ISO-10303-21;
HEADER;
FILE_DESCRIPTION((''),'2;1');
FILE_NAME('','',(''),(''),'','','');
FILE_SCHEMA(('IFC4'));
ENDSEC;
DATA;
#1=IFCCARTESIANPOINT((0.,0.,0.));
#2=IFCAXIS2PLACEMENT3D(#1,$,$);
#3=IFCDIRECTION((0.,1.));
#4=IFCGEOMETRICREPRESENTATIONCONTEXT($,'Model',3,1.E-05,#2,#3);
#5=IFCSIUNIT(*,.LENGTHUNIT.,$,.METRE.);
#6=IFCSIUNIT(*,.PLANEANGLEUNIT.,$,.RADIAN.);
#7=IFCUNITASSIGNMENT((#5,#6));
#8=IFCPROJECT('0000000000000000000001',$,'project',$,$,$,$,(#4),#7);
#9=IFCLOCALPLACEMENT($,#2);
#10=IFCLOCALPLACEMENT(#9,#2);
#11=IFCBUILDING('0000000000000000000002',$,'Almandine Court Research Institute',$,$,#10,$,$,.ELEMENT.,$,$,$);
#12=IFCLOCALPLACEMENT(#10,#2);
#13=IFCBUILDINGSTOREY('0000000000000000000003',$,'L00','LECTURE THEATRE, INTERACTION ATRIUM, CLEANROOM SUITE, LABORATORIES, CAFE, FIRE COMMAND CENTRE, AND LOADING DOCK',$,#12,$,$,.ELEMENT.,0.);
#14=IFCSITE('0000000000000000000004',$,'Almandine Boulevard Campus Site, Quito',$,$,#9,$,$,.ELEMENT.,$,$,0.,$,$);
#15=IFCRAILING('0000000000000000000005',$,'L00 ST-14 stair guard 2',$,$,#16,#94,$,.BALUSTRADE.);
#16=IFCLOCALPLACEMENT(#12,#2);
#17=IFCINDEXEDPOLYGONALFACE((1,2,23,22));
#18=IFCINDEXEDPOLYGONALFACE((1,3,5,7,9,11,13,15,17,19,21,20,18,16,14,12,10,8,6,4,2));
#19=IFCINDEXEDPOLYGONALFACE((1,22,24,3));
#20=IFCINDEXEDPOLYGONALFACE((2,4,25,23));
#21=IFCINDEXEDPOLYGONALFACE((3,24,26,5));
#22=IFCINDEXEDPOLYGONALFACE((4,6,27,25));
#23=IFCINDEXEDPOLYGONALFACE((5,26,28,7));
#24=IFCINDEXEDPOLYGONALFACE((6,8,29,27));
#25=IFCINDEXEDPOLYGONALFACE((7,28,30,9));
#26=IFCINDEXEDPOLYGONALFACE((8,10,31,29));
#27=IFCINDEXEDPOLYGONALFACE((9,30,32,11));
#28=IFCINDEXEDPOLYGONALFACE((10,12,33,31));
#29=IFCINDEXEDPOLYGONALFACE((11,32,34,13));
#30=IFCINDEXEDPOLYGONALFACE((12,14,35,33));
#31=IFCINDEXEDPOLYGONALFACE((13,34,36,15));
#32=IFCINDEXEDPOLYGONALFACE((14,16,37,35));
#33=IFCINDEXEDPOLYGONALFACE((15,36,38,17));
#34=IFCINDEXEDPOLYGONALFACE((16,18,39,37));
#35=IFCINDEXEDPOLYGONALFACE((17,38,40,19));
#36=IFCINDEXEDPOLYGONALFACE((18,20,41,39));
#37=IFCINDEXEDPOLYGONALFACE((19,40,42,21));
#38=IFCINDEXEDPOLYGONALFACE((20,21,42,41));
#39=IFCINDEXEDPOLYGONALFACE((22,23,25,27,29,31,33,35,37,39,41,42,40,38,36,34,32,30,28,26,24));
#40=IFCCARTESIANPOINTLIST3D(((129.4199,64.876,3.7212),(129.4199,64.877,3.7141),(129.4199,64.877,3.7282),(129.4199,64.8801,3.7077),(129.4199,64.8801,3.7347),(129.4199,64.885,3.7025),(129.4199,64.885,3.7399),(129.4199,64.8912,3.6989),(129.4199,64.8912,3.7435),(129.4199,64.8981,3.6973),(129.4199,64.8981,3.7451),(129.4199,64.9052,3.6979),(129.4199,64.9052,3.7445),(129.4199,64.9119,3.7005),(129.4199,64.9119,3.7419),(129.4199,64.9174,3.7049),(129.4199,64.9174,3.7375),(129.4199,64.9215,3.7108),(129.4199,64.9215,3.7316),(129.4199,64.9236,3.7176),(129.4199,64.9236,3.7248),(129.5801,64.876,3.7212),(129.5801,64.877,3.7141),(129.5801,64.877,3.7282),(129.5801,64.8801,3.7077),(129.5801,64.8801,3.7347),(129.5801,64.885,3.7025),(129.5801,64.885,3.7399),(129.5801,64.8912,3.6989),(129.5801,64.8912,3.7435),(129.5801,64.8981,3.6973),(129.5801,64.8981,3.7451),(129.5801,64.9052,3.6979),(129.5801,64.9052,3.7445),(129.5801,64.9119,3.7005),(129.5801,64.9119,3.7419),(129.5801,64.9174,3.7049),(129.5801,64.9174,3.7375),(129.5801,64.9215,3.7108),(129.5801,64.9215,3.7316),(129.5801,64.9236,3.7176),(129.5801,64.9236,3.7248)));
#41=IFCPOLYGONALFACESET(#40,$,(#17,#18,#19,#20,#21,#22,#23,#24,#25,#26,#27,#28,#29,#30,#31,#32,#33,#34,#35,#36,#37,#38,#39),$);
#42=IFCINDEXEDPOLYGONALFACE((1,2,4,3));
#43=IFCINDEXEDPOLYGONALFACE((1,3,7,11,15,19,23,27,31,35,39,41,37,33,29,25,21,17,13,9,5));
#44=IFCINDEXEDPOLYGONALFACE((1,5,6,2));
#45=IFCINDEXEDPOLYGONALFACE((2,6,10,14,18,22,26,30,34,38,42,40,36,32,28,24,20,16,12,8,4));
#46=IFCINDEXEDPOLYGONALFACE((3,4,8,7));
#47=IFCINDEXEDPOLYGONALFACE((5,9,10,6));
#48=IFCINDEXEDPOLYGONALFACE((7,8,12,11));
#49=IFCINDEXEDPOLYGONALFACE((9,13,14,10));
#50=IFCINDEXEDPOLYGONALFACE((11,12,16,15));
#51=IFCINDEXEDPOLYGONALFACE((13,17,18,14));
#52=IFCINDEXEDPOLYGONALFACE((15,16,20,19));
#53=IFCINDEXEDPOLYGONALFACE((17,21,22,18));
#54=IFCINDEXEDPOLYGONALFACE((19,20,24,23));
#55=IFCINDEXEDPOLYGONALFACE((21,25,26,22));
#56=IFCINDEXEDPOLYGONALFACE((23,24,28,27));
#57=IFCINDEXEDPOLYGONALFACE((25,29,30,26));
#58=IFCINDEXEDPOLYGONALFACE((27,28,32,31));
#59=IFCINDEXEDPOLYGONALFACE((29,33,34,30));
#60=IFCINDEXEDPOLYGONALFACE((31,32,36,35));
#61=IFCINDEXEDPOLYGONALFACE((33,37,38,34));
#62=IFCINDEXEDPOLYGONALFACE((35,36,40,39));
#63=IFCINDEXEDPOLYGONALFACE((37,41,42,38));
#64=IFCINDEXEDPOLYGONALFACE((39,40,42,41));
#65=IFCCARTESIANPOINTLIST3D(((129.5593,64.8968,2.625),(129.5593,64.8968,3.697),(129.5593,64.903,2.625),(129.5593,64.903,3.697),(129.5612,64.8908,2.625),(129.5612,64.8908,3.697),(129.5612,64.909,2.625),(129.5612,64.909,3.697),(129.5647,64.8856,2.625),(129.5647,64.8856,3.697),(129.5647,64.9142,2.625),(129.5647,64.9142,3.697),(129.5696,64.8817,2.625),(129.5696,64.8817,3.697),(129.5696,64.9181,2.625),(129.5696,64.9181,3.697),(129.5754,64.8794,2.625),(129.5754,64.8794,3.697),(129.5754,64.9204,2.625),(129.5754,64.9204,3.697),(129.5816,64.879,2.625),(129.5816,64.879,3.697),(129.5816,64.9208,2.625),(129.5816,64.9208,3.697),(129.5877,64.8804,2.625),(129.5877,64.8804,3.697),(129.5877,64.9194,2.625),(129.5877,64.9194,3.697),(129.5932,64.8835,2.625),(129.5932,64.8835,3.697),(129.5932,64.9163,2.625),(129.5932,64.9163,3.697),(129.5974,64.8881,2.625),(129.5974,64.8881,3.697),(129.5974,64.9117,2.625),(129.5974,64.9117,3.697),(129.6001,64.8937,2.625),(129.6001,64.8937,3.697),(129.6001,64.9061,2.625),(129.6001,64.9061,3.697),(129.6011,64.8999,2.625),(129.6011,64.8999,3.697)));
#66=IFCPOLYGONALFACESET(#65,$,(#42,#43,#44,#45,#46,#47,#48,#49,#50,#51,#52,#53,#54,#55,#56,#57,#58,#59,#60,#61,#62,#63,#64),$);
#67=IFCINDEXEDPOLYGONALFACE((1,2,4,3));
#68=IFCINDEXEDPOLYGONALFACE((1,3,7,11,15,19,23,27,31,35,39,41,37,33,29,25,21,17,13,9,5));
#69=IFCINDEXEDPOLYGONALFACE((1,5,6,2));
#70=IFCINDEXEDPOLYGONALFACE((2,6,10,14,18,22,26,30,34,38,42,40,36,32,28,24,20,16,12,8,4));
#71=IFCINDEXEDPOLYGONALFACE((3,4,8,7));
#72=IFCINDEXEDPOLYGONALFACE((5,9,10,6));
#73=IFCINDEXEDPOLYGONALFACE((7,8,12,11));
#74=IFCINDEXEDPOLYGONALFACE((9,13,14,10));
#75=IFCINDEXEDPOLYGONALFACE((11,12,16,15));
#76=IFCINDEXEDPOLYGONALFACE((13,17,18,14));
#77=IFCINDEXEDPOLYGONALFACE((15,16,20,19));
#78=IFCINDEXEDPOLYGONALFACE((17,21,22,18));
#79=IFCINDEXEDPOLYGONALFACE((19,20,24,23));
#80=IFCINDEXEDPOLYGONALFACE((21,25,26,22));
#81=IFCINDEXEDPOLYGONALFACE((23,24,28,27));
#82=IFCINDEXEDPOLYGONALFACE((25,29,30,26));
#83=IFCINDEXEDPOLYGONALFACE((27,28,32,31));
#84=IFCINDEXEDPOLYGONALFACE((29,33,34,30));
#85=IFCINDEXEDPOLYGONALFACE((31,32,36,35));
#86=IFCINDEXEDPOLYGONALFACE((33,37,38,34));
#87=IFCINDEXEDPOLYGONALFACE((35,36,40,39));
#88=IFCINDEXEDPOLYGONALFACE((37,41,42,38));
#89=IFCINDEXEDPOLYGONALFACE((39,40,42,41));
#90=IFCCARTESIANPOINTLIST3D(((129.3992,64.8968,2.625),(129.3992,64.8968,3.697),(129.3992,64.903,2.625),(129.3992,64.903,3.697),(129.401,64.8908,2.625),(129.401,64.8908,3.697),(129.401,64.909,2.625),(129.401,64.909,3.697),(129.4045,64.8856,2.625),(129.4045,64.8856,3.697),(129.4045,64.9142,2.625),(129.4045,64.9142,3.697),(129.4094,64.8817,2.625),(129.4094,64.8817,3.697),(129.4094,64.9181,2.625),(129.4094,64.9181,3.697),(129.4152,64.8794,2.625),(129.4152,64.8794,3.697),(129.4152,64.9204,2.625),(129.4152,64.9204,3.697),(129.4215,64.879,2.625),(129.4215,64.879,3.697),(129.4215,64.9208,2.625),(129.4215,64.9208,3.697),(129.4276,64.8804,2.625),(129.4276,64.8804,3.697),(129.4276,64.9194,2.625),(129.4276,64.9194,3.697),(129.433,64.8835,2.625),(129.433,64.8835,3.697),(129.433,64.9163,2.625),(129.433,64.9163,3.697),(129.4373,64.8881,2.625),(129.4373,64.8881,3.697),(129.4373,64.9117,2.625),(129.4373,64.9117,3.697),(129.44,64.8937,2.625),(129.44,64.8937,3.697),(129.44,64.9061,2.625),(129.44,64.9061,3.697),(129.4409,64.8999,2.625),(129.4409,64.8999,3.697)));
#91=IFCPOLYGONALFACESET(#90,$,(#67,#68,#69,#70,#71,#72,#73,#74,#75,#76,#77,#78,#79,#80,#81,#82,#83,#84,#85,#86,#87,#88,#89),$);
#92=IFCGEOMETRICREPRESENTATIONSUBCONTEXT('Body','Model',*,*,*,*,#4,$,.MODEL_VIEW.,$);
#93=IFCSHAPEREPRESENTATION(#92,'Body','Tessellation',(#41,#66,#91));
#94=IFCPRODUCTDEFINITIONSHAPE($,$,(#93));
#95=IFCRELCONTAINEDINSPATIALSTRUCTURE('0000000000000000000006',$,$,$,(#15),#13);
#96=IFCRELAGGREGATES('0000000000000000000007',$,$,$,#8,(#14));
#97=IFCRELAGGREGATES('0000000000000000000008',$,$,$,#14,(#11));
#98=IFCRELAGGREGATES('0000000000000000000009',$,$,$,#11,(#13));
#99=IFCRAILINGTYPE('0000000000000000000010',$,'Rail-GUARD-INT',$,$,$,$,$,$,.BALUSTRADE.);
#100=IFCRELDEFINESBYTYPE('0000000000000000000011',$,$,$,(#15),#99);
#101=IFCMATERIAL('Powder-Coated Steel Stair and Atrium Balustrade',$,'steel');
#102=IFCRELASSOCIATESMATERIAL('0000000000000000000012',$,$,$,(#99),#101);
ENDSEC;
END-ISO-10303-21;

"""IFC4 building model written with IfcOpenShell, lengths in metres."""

from ifc_helpers import new_model, si_unit, direction, frame, origin, origin_2d, place, context, subcontext, project, spatial, circle, extrude, material, type_object, element, save


model = new_model("IFC4")

# Units and contexts
model_context = context("Model", 3, precision=1e-05, world=origin(), true_north=direction((0.0, 1.0)))
body_context = subcontext(model_context, "Body", "Model", "MODEL_VIEW")
ifc_project = project(units=[si_unit("LENGTHUNIT", "METRE"), si_unit("PLANEANGLEUNIT", "RADIAN")], contexts=[model_context])

# Site, building, storey
site_placement = place(None, origin())
site = spatial("IfcSite", under=ifc_project, at=site_placement, Name="Almandine Boulevard Campus Site, Quito", CompositionType="ELEMENT", RefElevation=0.0)
building_placement = place(site_placement, origin())
building = spatial("IfcBuilding", under=site, at=building_placement, Name="Almandine Court Research Institute", CompositionType="ELEMENT")
storey_placement = place(building_placement, origin())
storey = spatial("IfcBuildingStorey", under=building, at=storey_placement, Name="L00", Description="LECTURE THEATRE, INTERACTION ATRIUM, CLEANROOM SUITE, LABORATORIES, CAFE, FIRE COMMAND CENTRE, AND LOADING DOCK", CompositionType="ELEMENT", Elevation=0.0)

# Railing
ifc_material_1 = material(Name="Powder-Coated Steel Stair and Atrium Balustrade", Category="steel")
railing_type_1 = type_object("IfcRailingType", Name="Rail-GUARD-INT", PredefinedType="BALUSTRADE", material=ifc_material_1)
railing_1_placement = place(storey_placement, frame((129.5801, 64.8999, 2.625)))
element("IfcRailing", 1, at=railing_1_placement, inside=storey, type_object=railing_type_1, Name="L00 ST-14 stair guard 2", PredefinedType="BALUSTRADE", context=body_context, shape_type="SweptSolid", body=[
    extrude(circle(Radius=0.0239, at=origin_2d()), frame((0.0, 0.0, 1.0962), z_axis=(-1.0, 0.0, 0.0), x_axis=(0.0, -1.0, 0.0)), (0.0, 0.0, 1.0), 0.1602),
    extrude(circle(Radius=0.021, at=origin_2d()), origin(), (0.0, 0.0, 1.0), 1.072),
    extrude(circle(Radius=0.021, at=origin_2d()), frame((-0.1602, 0.0, 0.0)), (0.0, 0.0, 1.0), 1.072),
])

save(model, "model.ifc")
